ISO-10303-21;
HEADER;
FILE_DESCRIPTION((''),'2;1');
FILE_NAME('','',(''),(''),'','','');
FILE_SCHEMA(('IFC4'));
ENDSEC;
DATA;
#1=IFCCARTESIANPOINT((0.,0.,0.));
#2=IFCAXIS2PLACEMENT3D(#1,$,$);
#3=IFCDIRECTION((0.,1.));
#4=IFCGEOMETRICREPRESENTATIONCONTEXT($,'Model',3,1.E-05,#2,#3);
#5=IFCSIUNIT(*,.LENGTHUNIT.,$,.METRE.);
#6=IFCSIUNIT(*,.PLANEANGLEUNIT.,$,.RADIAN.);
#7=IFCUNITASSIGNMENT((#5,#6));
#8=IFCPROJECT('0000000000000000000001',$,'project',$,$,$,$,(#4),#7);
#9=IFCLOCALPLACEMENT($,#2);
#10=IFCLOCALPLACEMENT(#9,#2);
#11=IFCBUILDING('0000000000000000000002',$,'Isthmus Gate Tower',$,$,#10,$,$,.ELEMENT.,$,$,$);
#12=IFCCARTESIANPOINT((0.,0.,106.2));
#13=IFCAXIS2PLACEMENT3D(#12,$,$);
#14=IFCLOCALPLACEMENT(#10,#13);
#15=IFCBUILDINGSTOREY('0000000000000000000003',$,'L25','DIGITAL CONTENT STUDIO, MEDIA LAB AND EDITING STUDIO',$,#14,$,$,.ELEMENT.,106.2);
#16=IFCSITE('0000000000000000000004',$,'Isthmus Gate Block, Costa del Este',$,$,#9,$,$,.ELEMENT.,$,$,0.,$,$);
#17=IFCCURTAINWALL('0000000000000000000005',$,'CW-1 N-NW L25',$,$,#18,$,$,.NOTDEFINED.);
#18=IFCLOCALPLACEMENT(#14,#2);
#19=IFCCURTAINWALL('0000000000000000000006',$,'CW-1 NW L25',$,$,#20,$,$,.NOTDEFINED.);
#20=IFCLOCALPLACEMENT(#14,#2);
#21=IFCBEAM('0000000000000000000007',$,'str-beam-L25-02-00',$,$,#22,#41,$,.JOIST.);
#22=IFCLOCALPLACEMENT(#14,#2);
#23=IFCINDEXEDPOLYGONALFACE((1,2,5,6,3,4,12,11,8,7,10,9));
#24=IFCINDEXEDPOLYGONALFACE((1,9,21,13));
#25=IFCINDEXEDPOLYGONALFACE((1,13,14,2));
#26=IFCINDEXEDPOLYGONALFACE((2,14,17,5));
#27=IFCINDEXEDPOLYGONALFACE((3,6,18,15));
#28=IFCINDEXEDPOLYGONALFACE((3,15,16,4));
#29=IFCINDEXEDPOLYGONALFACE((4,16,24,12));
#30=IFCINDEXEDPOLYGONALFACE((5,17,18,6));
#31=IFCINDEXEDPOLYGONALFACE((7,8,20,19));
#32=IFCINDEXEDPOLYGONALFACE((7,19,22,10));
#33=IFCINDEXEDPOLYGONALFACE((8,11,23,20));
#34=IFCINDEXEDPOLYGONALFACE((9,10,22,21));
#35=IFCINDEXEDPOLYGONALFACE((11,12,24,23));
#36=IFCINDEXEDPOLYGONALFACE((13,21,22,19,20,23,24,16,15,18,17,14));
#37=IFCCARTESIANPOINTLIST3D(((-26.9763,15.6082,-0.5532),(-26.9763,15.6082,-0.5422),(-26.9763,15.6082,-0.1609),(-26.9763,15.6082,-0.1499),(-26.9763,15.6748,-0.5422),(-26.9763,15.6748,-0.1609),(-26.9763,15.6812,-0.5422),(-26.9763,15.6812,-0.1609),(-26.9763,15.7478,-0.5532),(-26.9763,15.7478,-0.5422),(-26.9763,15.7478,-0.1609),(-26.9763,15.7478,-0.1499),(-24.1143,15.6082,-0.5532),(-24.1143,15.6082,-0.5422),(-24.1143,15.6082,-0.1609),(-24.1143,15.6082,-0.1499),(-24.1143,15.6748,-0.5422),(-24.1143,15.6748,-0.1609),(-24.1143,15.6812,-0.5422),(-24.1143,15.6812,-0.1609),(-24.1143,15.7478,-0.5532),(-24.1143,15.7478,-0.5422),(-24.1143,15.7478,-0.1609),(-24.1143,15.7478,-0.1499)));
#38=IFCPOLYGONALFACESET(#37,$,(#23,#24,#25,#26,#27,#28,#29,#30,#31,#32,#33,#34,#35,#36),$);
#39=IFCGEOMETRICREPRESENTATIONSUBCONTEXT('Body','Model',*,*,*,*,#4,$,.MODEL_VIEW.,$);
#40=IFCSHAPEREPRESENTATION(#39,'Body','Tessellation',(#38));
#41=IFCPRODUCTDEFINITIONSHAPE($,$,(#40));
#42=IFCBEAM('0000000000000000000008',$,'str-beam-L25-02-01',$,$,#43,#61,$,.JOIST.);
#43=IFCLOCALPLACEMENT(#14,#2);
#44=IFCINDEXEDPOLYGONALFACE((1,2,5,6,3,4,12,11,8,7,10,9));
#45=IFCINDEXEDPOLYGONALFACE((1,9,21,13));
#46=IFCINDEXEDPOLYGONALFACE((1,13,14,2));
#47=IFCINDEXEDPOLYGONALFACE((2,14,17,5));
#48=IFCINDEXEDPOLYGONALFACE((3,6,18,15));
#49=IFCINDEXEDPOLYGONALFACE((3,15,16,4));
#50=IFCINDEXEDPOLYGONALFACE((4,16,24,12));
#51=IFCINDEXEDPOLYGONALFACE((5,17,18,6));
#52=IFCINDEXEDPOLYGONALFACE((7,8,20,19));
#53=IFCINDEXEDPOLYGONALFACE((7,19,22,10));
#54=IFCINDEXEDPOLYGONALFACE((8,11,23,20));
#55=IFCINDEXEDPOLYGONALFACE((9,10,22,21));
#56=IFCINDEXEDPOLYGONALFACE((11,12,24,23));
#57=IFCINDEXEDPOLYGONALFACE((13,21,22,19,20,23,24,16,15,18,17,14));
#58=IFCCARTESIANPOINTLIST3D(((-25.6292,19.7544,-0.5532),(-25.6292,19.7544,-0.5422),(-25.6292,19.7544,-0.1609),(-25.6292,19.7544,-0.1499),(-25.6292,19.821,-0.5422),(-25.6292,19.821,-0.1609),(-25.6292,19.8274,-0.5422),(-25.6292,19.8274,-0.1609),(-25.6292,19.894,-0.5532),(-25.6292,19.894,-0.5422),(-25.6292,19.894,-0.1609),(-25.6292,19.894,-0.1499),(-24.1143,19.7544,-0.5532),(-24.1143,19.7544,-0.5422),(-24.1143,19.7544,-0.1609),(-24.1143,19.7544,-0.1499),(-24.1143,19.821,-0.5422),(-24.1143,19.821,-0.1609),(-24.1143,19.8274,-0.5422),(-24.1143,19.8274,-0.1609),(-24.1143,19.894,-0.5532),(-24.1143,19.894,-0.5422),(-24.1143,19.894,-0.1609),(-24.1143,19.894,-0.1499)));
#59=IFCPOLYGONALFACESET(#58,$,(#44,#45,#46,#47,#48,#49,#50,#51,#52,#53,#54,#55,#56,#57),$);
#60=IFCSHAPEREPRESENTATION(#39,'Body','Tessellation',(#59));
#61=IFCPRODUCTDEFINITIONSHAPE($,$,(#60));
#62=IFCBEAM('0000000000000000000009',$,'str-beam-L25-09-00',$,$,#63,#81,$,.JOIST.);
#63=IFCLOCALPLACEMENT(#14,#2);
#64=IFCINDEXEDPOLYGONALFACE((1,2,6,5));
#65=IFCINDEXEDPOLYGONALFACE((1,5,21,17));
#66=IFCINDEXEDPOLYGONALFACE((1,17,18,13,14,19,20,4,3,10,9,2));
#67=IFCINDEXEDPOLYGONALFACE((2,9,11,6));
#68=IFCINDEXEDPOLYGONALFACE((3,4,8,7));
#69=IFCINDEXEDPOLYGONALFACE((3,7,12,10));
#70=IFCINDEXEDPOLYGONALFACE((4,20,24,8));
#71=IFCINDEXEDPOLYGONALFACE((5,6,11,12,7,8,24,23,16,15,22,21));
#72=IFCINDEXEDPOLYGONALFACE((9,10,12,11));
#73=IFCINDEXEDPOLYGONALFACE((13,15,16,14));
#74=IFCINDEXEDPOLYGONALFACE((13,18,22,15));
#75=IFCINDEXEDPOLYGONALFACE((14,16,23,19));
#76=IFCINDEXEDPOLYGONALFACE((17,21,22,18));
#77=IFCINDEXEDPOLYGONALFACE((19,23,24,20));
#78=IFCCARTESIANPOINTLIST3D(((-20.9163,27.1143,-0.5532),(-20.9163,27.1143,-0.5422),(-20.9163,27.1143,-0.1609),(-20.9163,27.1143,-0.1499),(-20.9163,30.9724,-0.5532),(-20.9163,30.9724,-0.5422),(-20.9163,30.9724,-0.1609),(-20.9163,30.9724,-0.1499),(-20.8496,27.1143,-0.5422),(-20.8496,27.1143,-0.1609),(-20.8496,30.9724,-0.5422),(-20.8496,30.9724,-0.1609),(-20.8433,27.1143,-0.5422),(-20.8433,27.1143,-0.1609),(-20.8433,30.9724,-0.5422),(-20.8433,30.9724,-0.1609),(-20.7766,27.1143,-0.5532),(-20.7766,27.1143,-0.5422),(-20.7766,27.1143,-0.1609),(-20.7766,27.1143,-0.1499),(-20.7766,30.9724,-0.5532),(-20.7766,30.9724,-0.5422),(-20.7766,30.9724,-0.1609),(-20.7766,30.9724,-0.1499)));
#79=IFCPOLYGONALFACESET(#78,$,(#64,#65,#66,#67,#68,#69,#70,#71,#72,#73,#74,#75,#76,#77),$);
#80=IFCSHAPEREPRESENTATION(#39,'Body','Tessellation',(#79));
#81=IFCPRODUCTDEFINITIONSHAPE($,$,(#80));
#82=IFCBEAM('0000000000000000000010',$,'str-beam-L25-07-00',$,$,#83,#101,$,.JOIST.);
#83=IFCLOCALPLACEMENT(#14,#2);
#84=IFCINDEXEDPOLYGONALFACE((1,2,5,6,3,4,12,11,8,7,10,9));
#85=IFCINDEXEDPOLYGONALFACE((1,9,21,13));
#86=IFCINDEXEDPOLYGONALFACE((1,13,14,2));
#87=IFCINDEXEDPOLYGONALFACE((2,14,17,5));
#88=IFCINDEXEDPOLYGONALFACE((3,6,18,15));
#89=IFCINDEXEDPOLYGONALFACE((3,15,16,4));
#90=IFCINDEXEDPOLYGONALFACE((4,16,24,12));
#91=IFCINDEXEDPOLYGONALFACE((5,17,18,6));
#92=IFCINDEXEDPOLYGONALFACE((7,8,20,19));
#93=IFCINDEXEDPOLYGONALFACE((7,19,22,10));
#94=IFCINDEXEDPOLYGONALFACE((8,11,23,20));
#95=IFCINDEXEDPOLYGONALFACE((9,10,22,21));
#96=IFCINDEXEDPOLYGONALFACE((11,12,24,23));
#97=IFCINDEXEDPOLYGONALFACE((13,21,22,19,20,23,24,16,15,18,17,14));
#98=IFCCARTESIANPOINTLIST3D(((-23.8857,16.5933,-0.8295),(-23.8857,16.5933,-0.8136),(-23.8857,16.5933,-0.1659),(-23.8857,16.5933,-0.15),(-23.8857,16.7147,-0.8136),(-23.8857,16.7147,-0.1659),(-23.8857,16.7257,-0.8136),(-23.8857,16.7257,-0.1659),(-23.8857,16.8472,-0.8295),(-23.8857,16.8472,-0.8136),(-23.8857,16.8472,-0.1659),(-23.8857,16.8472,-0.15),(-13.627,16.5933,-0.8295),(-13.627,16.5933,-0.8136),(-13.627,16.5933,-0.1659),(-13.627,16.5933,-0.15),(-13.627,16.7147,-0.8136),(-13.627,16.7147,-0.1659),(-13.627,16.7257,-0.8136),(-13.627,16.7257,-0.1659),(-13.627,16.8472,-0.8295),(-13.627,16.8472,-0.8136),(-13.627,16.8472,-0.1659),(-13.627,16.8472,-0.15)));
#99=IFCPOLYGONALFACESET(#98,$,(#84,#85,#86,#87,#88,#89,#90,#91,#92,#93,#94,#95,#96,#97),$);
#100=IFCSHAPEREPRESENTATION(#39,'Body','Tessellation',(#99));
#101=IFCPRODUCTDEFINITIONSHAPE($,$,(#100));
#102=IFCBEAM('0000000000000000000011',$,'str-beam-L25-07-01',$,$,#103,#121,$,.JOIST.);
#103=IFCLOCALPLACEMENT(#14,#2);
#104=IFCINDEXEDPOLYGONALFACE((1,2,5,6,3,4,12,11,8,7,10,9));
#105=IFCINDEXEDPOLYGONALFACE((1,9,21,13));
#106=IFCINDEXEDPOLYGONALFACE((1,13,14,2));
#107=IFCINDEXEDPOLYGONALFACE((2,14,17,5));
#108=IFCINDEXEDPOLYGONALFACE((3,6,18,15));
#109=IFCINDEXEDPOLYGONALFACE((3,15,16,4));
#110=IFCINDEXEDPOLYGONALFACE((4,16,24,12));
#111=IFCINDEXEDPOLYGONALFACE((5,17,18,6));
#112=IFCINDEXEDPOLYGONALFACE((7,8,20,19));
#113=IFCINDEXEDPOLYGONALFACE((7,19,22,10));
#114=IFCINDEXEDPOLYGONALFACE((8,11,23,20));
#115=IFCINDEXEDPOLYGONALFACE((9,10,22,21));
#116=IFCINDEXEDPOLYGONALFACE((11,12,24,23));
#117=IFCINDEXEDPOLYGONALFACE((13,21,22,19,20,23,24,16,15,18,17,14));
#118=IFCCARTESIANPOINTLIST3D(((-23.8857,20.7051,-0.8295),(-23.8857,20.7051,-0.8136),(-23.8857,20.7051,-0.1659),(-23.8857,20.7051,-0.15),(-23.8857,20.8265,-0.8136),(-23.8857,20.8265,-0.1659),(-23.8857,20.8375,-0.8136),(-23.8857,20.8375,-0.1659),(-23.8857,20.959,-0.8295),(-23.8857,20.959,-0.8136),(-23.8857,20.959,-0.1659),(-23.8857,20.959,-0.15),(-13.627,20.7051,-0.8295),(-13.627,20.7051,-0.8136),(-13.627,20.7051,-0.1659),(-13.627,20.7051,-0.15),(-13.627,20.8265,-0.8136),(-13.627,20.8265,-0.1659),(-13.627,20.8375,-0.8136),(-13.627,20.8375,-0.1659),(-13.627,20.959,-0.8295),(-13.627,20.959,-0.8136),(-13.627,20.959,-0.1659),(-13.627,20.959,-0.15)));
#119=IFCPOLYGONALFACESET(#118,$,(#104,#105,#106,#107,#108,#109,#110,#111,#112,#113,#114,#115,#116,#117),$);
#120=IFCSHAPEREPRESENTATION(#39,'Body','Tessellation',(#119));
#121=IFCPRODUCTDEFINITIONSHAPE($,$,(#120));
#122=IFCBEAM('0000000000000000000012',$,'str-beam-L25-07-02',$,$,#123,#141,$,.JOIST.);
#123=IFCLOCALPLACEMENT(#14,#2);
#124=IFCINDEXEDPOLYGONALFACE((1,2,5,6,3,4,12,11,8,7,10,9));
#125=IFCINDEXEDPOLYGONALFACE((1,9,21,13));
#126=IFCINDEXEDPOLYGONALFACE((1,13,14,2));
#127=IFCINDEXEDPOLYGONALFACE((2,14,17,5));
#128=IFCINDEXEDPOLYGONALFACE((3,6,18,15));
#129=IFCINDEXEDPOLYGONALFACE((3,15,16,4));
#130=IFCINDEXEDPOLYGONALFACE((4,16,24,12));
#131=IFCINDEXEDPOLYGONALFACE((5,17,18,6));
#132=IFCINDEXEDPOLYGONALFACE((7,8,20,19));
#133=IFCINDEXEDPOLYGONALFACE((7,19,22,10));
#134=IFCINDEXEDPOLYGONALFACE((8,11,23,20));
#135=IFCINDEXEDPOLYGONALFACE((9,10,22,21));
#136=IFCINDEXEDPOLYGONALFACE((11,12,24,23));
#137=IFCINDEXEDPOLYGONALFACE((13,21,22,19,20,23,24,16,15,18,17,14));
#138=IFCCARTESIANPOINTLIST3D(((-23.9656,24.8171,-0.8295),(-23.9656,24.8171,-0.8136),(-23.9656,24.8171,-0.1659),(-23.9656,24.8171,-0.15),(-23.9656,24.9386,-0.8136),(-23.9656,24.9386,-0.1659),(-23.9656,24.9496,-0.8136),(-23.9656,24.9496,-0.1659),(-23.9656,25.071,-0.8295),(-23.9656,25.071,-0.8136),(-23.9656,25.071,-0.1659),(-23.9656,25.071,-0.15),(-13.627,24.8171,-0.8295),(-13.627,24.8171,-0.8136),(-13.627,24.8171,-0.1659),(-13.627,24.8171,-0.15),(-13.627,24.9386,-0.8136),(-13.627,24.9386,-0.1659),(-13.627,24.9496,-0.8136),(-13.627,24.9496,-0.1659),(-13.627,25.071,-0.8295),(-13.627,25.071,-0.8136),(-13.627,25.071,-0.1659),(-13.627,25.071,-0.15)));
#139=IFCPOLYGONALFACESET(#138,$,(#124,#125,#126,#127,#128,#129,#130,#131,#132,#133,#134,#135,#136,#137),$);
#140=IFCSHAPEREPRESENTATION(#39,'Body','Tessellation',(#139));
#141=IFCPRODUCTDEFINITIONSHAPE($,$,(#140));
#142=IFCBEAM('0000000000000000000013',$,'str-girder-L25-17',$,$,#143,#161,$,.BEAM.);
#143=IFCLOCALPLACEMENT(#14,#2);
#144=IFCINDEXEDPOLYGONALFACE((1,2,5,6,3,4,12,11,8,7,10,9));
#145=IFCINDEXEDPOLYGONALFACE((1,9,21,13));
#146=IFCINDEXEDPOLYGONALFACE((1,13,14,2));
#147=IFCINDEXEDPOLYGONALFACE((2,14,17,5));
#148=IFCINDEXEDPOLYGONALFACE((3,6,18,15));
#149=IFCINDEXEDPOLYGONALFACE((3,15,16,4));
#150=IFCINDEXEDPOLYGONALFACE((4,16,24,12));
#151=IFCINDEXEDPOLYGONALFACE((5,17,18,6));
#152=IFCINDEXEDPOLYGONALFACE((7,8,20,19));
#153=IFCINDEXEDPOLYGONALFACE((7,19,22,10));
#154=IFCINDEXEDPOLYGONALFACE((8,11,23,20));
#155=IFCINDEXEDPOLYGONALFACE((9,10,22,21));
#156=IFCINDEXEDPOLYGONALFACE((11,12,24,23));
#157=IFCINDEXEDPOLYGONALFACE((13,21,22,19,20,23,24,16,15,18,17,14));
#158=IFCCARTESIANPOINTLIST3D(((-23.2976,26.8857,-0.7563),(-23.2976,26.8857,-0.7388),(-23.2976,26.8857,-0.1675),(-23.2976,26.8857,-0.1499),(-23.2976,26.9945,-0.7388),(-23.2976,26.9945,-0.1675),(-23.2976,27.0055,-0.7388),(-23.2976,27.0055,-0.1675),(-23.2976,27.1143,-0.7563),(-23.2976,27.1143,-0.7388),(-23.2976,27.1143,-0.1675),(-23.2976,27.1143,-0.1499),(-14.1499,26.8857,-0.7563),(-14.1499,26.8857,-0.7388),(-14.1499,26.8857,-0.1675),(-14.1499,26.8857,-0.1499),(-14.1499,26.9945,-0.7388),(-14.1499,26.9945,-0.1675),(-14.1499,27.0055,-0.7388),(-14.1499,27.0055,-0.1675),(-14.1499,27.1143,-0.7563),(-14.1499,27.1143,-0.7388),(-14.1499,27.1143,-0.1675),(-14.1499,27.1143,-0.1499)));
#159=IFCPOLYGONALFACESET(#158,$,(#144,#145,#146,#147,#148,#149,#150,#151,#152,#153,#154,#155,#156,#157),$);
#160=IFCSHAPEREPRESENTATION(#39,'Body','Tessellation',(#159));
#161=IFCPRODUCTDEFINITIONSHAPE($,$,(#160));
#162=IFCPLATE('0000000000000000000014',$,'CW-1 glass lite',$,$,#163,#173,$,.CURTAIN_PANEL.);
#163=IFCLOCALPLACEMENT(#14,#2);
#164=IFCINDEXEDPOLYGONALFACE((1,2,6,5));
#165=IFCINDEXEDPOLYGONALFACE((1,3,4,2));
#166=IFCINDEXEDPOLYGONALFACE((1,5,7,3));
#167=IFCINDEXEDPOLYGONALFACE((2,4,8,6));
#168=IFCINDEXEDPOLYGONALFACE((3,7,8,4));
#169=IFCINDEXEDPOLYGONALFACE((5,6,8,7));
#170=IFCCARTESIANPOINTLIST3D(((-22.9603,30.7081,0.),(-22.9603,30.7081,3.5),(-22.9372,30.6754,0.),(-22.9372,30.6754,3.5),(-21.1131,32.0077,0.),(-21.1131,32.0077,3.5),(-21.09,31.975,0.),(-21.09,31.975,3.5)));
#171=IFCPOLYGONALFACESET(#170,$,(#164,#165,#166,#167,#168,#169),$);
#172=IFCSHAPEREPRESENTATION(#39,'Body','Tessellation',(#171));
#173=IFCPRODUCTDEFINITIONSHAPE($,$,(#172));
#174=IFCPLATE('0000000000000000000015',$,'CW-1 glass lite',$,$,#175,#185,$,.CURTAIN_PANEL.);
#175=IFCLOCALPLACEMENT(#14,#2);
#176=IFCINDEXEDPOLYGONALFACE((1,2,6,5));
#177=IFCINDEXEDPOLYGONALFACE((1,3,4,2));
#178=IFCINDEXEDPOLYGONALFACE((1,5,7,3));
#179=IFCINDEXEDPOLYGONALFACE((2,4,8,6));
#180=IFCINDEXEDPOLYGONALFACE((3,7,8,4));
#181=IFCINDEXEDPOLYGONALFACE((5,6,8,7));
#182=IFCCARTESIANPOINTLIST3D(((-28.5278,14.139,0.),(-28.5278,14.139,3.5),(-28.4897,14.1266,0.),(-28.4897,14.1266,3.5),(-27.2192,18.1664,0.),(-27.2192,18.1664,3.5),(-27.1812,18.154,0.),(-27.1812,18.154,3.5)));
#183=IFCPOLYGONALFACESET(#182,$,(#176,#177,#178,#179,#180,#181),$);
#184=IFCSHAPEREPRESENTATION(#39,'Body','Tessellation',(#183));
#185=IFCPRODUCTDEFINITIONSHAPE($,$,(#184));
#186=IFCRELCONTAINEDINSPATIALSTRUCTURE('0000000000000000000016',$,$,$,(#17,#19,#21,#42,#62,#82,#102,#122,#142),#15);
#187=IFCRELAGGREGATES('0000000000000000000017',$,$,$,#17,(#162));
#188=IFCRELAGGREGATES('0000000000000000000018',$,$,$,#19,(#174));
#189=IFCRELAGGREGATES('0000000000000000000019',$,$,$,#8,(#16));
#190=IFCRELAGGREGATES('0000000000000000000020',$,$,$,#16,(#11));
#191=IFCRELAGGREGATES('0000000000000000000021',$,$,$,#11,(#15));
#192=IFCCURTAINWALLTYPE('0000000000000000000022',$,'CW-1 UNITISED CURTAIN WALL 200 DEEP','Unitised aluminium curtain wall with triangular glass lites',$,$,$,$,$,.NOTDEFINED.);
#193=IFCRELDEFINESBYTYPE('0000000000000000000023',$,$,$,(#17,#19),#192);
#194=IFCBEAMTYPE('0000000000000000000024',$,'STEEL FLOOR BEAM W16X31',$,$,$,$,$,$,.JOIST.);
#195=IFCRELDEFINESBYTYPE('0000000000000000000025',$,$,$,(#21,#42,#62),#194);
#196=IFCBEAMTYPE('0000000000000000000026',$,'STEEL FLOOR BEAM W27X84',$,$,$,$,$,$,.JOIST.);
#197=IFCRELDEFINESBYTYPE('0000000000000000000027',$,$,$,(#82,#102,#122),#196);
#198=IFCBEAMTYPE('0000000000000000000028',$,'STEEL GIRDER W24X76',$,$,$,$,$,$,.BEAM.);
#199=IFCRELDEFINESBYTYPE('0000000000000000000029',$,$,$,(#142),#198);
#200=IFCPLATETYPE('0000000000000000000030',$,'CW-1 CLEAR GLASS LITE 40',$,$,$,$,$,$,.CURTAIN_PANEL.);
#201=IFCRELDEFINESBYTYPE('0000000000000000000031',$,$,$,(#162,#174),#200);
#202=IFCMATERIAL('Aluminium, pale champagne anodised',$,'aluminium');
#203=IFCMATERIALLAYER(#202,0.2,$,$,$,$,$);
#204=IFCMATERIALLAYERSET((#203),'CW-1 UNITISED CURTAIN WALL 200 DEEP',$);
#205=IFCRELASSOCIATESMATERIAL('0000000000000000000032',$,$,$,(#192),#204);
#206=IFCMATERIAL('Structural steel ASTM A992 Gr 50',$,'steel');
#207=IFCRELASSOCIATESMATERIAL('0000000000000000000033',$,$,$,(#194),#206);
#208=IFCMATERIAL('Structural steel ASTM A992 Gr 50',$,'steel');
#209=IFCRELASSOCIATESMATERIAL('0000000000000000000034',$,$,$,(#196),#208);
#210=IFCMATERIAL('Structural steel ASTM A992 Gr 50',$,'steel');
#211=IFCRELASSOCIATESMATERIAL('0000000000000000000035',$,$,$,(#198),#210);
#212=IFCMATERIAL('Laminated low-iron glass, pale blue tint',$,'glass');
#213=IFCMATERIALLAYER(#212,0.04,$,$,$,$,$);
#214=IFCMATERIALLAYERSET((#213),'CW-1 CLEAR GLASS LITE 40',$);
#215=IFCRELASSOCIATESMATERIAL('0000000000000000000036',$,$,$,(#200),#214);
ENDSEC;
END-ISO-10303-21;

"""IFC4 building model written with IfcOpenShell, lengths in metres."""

from ifc_helpers import new_model, si_unit, direction, frame, origin, origin_2d, place, context, subcontext, project, spatial, rectangle, i_section, extrude, material, layer, layer_set, material_profile, profile_set, type_object, element, aggregate, save


model = new_model("IFC4")

# Units and contexts
model_context = context("Model", 3, precision=1e-05, world=origin(), true_north=direction((0.0, 1.0)))
body_context = subcontext(model_context, "Body", "Model", "MODEL_VIEW")
ifc_project = project(units=[si_unit("LENGTHUNIT", "METRE"), si_unit("PLANEANGLEUNIT", "RADIAN")], contexts=[model_context])

# Site, building, storey
site_placement = place(None, origin())
site = spatial("IfcSite", under=ifc_project, at=site_placement, Name="Isthmus Gate Block, Costa del Este", CompositionType="ELEMENT", RefElevation=0.0)
building_placement = place(site_placement, origin())
building = spatial("IfcBuilding", under=site, at=building_placement, Name="Isthmus Gate Tower", CompositionType="ELEMENT")
storey_placement = place(building_placement, frame((0.0, 0.0, 106.2)))
storey = spatial("IfcBuildingStorey", under=building, at=storey_placement, Name="L25", Description="DIGITAL CONTENT STUDIO, MEDIA LAB AND EDITING STUDIO", CompositionType="ELEMENT", Elevation=106.2)

# Curtain wall
ifc_material_1 = material(Name="Aluminium, pale champagne anodised", Category="aluminium")
ifc_layer_1 = layer(ifc_material_1, 0.2)
ifc_layer_set_1 = layer_set([ifc_layer_1], Name="CW-1 UNITISED CURTAIN WALL 200 DEEP")
curtain_wall_type = type_object("IfcCurtainWallType", Name="CW-1 UNITISED CURTAIN WALL 200 DEEP", Description="Unitised aluminium curtain wall with triangular glass lites", PredefinedType="NOTDEFINED", material=ifc_layer_set_1)
curtain_wall_1_placement = place(storey_placement, origin())
curtain_wall_1 = element("IfcCurtainWall", 1, at=curtain_wall_1_placement, inside=storey, type_object=curtain_wall_type, Name="CW-1 N-NW L25", PredefinedType="NOTDEFINED")

# Curtain wall
curtain_wall_2_placement = place(storey_placement, origin())
curtain_wall_2 = element("IfcCurtainWall", 2, at=curtain_wall_2_placement, inside=storey, type_object=curtain_wall_type, Name="CW-1 NW L25", PredefinedType="NOTDEFINED")

# Beams
ifc_material_2 = material(Name="Structural steel ASTM A992 Gr 50", Category="steel")
ifc_material_profile_1 = material_profile(ifc_material_2, i_section(OverallWidth=0.1396, OverallDepth=0.4033, WebThickness=0.0063, FlangeThickness=0.011, at=origin_2d()), Name="W16X31")
ifc_profile_set_1 = profile_set([ifc_material_profile_1], Name="Structural steel ASTM A992 Gr 50")
beam_type_1 = type_object("IfcBeamType", Name="STEEL FLOOR BEAM W16X31", PredefinedType="JOIST", material=ifc_profile_set_1)
beam_1_placement = place(storey_placement, frame((-26.9763, 15.678, -0.3516), z_axis=(1.0, 0.0, 0.0), x_axis=(0.0, 1.0, 0.0)))
element("IfcBeam", 3, at=beam_1_placement, inside=storey, type_object=beam_type_1, Name="str-beam-L25-02-00", PredefinedType="JOIST", context=body_context, shape_type="SweptSolid", body=[
    extrude(i_section(OverallWidth=0.1396, OverallDepth=0.4033, WebThickness=0.0063, FlangeThickness=0.011, at=origin_2d()), origin(), (0.0, 0.0, 1.0), 2.8621),
])
beam_2_placement = place(storey_placement, frame((-25.6292, 19.8242, -0.3516), z_axis=(1.0, 0.0, 0.0), x_axis=(0.0, 1.0, 0.0)))
element("IfcBeam", 4, at=beam_2_placement, inside=storey, type_object=beam_type_1, Name="str-beam-L25-02-01", PredefinedType="JOIST", context=body_context, shape_type="SweptSolid", body=[
    extrude(i_section(OverallWidth=0.1396, OverallDepth=0.4033, WebThickness=0.0063, FlangeThickness=0.011, at=origin_2d()), origin(), (0.0, 0.0, 1.0), 1.5149),
])
beam_3_placement = place(storey_placement, frame((-20.8464, 27.1143, -0.3516), z_axis=(0.0, 1.0, 0.0), x_axis=(-1.0, 0.0, 0.0)))
element("IfcBeam", 5, at=beam_3_placement, inside=storey, type_object=beam_type_1, Name="str-beam-L25-09-00", PredefinedType="JOIST", context=body_context, shape_type="SweptSolid", body=[
    extrude(i_section(OverallWidth=0.1396, OverallDepth=0.4033, WebThickness=0.0063, FlangeThickness=0.011, at=origin_2d()), origin(), (0.0, 0.0, 1.0), 3.8582),
])
ifc_material_3 = material(Name="Structural steel ASTM A992 Gr 50", Category="steel")
ifc_material_profile_2 = material_profile(ifc_material_3, i_section(OverallWidth=0.2539, OverallDepth=0.6794, WebThickness=0.011, FlangeThickness=0.0159, at=origin_2d()), Name="W27X84")
ifc_profile_set_2 = profile_set([ifc_material_profile_2], Name="Structural steel ASTM A992 Gr 50")
beam_type_2 = type_object("IfcBeamType", Name="STEEL FLOOR BEAM W27X84", PredefinedType="JOIST", material=ifc_profile_set_2)
for number, where, z_axis, x_axis, name in (
    (6, (-23.8857, 16.7202, -0.4897), (1.0, 0.0, 0.0), (0.0, 1.0, 0.0), "str-beam-L25-07-00"),
    (7, (-23.8857, 20.832, -0.4897), (1.0, 0.0, 0.0), (0.0, 1.0, 0.0), "str-beam-L25-07-01"),
):
    element("IfcBeam", number, at=place(storey_placement, frame(where, z_axis=z_axis, x_axis=x_axis)), inside=storey, type_object=beam_type_2, Name=name, PredefinedType="JOIST", context=body_context, shape_type="SweptSolid", body=[
        extrude(i_section(OverallWidth=0.2539, OverallDepth=0.6794, WebThickness=0.011, FlangeThickness=0.0159, at=origin_2d()), origin(), (0.0, 0.0, 1.0), 10.2588),
    ])
beam_4_placement = place(storey_placement, frame((-23.9656, 24.9441, -0.4897), z_axis=(1.0, 0.0, 0.0), x_axis=(0.0, 1.0, 0.0)))
element("IfcBeam", 8, at=beam_4_placement, inside=storey, type_object=beam_type_2, Name="str-beam-L25-07-02", PredefinedType="JOIST", context=body_context, shape_type="SweptSolid", body=[
    extrude(i_section(OverallWidth=0.2539, OverallDepth=0.6794, WebThickness=0.011, FlangeThickness=0.0159, at=origin_2d()), origin(), (0.0, 0.0, 1.0), 10.3386),
])
ifc_material_4 = material(Name="Structural steel ASTM A992 Gr 50", Category="steel")
ifc_material_profile_3 = material_profile(ifc_material_4, i_section(OverallWidth=0.2285, OverallDepth=0.6064, WebThickness=0.011, FlangeThickness=0.0176, at=origin_2d()), Name="W24X76")
ifc_profile_set_3 = profile_set([ifc_material_profile_3], Name="Structural steel ASTM A992 Gr 50")
beam_type_3 = type_object("IfcBeamType", Name="STEEL GIRDER W24X76", PredefinedType="BEAM", material=ifc_profile_set_3)
beam_5_placement = place(storey_placement, frame((-23.2976, 27.0, -0.4531), z_axis=(1.0, 0.0, 0.0), x_axis=(0.0, 1.0, 0.0)))
element("IfcBeam", 9, at=beam_5_placement, inside=storey, type_object=beam_type_3, Name="str-girder-L25-17", PredefinedType="BEAM", context=body_context, shape_type="SweptSolid", body=[
    extrude(i_section(OverallWidth=0.2285, OverallDepth=0.6064, WebThickness=0.011, FlangeThickness=0.0176, at=origin_2d()), origin(), (0.0, 0.0, 1.0), 9.1477),
])

# Plates
ifc_material_5 = material(Name="Laminated low-iron glass, pale blue tint", Category="glass")
ifc_layer_2 = layer(ifc_material_5, 0.04)
ifc_layer_set_2 = layer_set([ifc_layer_2], Name="CW-1 CLEAR GLASS LITE 40")
plate_type = type_object("IfcPlateType", Name="CW-1 CLEAR GLASS LITE 40", PredefinedType="CURTAIN_PANEL", material=ifc_layer_set_2)
plate_1_placement = place(storey_placement, frame((-22.0251, 31.3416, 0.0), z_axis=(0.0, 0.0, 1.0), x_axis=(-0.81786, -0.575418, 0.0)))
plate_1 = element("IfcPlate", 10, at=plate_1_placement, type_object=plate_type, Name="CW-1 glass lite", PredefinedType="CURTAIN_PANEL", context=body_context, shape_type="SweptSolid", body=[
    extrude(rectangle(XDim=2.2585, YDim=0.04, at=origin_2d()), origin(), (0.0, 0.0, 1.0), 3.5),
])
aggregate(curtain_wall_1, [plate_1])
plate_2_placement = place(storey_placement, frame((-27.8545, 16.1465, 0.0), z_axis=(0.0, 0.0, 1.0), x_axis=(-0.309017, -0.951057, 0.0)))
plate_2 = element("IfcPlate", 11, at=plate_2_placement, type_object=plate_type, Name="CW-1 glass lite", PredefinedType="CURTAIN_PANEL", context=body_context, shape_type="SweptSolid", body=[
    extrude(rectangle(XDim=4.2346, YDim=0.04, at=origin_2d()), origin(), (0.0, 0.0, 1.0), 3.5),
])

aggregate(curtain_wall_2, [plate_2])

save(model, "model.ifc")
